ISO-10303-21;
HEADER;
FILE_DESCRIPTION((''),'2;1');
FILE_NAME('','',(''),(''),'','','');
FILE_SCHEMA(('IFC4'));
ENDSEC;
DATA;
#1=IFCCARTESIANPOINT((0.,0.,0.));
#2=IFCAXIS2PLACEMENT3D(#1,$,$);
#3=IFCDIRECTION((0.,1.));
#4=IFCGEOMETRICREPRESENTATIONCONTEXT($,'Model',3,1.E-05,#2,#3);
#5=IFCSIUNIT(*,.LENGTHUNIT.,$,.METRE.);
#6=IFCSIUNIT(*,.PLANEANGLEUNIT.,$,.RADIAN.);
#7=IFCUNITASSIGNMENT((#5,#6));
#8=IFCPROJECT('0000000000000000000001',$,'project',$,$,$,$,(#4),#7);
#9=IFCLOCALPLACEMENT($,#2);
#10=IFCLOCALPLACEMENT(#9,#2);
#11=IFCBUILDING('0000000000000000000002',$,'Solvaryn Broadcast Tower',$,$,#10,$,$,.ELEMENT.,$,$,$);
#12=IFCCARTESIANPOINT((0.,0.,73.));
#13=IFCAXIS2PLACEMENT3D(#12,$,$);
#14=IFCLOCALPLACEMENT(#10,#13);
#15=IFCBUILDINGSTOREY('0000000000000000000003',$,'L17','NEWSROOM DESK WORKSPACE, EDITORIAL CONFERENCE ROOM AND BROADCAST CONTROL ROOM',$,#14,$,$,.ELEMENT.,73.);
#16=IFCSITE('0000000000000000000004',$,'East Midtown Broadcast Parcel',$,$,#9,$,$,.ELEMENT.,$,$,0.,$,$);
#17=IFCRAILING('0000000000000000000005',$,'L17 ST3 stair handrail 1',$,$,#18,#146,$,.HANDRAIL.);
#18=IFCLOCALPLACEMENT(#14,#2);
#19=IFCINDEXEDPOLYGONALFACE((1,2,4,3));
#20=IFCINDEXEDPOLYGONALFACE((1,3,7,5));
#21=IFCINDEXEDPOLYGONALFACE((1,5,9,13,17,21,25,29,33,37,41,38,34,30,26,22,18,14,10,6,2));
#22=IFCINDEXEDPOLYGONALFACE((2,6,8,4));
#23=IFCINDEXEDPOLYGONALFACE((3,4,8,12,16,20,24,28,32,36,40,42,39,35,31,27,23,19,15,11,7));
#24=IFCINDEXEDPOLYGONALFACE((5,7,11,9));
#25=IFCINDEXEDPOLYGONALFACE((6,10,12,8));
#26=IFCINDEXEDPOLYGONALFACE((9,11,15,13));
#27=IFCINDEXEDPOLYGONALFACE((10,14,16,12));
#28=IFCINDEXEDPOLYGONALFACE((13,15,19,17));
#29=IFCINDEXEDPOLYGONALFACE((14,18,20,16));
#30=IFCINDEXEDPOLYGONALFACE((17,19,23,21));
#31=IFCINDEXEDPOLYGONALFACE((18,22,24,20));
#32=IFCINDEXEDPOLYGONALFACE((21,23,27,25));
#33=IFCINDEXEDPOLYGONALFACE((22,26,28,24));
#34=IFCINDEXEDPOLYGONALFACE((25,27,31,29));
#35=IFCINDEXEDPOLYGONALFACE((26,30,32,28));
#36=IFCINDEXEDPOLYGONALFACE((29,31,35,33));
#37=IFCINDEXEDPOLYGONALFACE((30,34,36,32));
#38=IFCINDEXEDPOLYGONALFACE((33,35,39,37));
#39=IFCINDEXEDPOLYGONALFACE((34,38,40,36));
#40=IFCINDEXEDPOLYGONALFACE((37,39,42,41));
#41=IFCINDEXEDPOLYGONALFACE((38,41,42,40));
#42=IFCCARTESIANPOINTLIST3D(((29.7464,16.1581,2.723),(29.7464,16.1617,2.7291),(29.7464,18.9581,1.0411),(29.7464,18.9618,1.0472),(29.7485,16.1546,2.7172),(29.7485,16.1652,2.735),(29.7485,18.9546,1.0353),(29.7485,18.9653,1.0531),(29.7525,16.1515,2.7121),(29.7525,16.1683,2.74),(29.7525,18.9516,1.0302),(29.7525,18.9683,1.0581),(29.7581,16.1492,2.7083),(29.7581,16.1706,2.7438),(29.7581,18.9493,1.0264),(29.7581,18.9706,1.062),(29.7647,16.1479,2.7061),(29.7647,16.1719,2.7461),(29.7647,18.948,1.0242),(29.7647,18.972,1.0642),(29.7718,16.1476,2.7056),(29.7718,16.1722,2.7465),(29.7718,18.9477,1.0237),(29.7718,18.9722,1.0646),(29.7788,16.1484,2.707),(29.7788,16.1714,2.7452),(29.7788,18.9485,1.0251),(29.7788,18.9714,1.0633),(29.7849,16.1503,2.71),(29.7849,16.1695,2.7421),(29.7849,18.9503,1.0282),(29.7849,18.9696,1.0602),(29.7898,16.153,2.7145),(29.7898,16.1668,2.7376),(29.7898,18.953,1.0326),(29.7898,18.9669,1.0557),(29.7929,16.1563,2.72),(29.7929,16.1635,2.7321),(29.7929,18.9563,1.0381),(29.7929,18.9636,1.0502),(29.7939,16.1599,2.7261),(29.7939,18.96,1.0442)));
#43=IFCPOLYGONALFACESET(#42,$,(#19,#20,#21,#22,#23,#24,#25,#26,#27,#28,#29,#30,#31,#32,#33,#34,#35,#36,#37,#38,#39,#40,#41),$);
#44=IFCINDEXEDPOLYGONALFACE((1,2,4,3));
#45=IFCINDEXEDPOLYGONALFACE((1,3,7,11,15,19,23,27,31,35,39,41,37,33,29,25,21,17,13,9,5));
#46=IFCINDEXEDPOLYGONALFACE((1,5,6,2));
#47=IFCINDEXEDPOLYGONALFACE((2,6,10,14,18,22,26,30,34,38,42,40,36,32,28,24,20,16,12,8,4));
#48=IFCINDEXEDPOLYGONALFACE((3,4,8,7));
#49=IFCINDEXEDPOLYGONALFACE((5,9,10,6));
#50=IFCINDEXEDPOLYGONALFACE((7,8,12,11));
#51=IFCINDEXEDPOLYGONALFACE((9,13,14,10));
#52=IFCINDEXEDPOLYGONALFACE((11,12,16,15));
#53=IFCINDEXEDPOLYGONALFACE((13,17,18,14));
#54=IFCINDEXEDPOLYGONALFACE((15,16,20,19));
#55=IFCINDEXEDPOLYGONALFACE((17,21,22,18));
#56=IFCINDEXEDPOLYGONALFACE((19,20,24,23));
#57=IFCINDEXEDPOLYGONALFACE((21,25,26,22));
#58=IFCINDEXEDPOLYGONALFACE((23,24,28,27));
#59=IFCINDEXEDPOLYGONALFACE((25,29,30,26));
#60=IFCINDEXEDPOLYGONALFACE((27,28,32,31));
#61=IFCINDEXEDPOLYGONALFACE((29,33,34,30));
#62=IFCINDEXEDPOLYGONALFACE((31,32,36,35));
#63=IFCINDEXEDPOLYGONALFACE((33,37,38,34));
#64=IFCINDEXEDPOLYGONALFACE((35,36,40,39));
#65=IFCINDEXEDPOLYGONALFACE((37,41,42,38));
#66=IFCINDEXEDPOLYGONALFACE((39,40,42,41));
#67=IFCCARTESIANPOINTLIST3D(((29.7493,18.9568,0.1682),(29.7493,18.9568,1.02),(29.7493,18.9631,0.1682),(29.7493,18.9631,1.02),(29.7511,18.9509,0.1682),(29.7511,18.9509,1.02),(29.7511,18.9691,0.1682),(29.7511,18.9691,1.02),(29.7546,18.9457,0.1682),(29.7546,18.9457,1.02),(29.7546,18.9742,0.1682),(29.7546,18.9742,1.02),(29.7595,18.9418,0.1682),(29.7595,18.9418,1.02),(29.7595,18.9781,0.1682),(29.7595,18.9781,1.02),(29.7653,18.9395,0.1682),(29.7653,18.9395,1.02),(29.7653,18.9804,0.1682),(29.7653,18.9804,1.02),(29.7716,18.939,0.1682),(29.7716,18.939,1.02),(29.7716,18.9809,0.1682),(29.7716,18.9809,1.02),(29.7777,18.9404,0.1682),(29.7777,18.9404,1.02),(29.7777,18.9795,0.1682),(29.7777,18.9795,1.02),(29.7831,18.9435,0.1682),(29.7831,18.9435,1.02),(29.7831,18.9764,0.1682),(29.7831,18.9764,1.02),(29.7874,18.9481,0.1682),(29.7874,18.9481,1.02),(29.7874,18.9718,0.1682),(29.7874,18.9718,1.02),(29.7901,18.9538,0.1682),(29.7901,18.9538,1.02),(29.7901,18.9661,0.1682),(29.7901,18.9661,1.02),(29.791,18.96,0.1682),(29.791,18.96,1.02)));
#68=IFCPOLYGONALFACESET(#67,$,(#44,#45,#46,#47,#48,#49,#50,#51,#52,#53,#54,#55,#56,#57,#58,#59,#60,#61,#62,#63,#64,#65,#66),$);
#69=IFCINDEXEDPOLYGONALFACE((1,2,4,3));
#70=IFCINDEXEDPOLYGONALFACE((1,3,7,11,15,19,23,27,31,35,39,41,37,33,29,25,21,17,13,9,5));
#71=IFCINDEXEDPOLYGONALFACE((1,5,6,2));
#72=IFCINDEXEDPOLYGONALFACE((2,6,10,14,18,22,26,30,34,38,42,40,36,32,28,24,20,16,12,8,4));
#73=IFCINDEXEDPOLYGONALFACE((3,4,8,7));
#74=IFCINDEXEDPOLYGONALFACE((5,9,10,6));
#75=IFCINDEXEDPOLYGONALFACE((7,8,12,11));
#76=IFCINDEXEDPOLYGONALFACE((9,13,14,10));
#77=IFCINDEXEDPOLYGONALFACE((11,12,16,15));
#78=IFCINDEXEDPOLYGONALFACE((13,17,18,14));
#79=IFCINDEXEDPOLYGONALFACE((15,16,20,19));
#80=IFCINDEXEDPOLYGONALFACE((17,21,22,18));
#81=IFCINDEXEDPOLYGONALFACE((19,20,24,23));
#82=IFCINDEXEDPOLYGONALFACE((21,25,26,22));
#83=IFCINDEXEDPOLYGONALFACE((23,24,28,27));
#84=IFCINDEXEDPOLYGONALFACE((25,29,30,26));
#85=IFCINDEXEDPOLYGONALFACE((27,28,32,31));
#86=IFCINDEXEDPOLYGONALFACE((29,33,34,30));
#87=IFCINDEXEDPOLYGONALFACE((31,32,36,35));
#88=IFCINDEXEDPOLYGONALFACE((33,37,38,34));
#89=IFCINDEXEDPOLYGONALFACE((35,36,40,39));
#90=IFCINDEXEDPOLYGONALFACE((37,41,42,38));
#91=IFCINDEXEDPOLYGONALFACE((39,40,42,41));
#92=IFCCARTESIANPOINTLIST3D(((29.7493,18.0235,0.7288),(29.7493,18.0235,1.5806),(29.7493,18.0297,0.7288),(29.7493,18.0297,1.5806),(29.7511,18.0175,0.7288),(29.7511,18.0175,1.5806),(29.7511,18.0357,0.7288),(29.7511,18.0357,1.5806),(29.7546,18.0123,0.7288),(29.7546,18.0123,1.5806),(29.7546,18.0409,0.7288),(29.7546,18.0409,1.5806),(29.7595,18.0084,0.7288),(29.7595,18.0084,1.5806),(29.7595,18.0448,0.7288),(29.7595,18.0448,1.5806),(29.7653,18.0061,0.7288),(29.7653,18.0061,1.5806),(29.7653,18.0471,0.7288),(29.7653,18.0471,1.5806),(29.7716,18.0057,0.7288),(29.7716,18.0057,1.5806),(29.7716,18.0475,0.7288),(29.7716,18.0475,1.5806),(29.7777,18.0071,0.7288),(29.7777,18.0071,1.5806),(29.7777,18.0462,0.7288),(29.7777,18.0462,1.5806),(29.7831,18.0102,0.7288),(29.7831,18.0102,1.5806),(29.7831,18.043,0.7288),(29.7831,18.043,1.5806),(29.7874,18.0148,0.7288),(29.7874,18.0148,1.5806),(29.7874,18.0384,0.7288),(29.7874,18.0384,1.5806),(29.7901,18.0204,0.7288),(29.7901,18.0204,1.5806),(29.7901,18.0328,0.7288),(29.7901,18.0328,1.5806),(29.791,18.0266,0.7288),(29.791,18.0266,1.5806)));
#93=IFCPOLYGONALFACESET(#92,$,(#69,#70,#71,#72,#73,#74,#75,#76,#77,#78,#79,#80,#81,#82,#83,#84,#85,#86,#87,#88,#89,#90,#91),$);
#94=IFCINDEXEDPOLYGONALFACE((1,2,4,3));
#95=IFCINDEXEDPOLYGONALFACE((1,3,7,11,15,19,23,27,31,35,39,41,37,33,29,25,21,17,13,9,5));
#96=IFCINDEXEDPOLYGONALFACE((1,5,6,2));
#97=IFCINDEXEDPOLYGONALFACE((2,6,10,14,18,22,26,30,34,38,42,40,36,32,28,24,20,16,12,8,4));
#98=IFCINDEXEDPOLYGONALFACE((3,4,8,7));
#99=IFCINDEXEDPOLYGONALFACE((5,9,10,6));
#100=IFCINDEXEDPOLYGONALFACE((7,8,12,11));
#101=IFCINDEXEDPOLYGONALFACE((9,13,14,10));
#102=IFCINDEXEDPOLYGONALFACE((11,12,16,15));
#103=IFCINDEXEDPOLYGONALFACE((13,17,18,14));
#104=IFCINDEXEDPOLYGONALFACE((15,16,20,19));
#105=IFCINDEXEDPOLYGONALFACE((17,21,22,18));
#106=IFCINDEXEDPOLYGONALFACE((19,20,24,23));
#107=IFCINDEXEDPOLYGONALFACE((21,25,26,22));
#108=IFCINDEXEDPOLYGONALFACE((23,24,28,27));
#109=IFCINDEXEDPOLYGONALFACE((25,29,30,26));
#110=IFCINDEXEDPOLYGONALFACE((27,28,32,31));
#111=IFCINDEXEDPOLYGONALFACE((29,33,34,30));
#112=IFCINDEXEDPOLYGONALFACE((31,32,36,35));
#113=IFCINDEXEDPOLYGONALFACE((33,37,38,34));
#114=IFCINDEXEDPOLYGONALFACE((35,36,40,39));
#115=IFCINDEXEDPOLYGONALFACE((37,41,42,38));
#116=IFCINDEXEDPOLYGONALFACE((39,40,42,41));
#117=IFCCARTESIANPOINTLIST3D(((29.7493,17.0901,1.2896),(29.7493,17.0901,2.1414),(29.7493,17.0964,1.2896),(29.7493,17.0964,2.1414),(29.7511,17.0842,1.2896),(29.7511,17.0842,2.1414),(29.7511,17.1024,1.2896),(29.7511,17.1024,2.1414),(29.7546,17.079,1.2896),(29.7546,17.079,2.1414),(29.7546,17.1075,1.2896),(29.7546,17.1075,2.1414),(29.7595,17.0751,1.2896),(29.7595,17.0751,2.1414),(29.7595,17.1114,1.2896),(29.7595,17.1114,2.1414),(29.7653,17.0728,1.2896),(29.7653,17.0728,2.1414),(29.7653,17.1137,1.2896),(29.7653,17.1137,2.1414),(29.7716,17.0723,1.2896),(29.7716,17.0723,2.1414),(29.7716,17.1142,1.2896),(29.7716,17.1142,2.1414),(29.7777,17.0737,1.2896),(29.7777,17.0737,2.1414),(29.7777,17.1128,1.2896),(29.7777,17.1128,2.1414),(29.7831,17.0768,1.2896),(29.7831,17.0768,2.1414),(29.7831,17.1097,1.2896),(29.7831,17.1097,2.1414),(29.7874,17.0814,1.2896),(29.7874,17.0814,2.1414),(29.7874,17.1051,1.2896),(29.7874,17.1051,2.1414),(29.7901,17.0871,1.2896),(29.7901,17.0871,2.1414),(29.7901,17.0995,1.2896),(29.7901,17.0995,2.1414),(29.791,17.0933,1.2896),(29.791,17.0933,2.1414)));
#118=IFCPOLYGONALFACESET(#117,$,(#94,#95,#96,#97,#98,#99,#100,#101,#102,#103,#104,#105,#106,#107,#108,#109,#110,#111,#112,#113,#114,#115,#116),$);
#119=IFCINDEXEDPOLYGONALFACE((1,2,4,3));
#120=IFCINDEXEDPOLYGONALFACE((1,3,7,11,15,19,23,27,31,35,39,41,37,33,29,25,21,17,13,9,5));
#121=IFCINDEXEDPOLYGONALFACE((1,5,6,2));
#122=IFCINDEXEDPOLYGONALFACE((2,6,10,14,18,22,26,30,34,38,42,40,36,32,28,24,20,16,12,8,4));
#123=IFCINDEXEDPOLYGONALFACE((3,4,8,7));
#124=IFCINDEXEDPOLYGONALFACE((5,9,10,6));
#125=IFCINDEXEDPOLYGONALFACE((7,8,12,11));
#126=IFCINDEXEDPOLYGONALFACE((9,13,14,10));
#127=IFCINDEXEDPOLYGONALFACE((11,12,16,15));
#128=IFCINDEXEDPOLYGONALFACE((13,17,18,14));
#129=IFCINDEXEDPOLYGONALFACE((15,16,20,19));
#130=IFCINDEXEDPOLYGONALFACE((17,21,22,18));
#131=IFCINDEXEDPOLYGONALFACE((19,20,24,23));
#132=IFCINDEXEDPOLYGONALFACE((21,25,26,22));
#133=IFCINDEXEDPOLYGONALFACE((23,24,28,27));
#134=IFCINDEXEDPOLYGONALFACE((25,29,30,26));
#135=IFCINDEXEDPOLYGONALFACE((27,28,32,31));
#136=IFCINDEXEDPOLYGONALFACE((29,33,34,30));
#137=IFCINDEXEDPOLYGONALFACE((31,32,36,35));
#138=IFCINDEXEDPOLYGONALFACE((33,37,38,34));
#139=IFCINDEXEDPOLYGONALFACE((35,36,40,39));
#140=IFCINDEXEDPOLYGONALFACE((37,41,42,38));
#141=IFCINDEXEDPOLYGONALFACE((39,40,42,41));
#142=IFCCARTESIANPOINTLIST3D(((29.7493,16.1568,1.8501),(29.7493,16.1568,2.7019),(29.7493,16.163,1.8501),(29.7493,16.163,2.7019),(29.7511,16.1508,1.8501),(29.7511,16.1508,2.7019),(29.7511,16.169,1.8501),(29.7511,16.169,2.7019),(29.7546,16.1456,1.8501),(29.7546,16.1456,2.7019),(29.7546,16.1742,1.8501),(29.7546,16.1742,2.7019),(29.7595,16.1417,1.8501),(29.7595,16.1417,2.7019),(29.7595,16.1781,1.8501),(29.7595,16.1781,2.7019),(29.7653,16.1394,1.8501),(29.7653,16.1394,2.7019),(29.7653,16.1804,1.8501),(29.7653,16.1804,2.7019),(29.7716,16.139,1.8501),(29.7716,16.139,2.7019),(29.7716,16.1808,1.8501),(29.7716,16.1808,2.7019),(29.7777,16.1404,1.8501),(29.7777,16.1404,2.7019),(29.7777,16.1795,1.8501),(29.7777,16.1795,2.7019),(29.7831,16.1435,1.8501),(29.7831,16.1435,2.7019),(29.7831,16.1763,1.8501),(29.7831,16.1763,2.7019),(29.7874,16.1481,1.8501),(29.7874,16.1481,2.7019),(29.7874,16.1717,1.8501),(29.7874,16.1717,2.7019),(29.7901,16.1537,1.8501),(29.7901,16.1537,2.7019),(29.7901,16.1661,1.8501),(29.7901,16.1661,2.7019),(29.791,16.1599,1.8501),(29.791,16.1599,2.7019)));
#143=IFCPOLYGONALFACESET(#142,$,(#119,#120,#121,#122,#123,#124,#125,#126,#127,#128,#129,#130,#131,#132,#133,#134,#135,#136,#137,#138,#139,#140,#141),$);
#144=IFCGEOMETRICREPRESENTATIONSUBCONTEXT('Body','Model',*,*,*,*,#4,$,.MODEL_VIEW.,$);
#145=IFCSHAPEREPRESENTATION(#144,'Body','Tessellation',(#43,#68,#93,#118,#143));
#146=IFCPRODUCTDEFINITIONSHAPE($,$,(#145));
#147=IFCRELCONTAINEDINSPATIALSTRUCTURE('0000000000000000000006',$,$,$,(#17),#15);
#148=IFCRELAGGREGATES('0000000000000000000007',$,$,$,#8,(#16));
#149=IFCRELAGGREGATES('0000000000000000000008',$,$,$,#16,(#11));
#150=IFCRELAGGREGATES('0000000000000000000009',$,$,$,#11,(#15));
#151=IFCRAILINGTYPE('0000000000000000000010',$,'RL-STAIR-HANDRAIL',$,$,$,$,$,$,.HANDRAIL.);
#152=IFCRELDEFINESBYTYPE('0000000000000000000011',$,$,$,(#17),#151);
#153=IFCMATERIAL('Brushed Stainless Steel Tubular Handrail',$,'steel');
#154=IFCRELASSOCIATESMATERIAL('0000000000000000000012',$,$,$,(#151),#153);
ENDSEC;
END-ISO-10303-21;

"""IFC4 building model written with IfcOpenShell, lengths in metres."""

from ifc_helpers import new_model, si_unit, direction, frame, origin, origin_2d, place, context, subcontext, project, spatial, circle, extrude, material, type_object, element, save


model = new_model("IFC4")

# Units and contexts
model_context = context("Model", 3, precision=1e-05, world=origin(), true_north=direction((0.0, 1.0)))
body_context = subcontext(model_context, "Body", "Model", "MODEL_VIEW")
ifc_project = project(units=[si_unit("LENGTHUNIT", "METRE"), si_unit("PLANEANGLEUNIT", "RADIAN")], contexts=[model_context])

# Site, building, storey
site_placement = place(None, origin())
site = spatial("IfcSite", under=ifc_project, at=site_placement, Name="East Midtown Broadcast Parcel", CompositionType="ELEMENT", RefElevation=0.0)
building_placement = place(site_placement, origin())
building = spatial("IfcBuilding", under=site, at=building_placement, Name="Solvaryn Broadcast Tower", CompositionType="ELEMENT")
storey_placement = place(building_placement, frame((0.0, 0.0, 73.0)))
storey = spatial("IfcBuildingStorey", under=building, at=storey_placement, Name="L17", Description="NEWSROOM DESK WORKSPACE, EDITORIAL CONFERENCE ROOM AND BROADCAST CONTROL ROOM", CompositionType="ELEMENT", Elevation=73.0)

# Railing
ifc_material_1 = material(Name="Brushed Stainless Steel Tubular Handrail", Category="steel")
railing_type_1 = type_object("IfcRailingType", Name="RL-STAIR-HANDRAIL", PredefinedType="HANDRAIL", material=ifc_material_1)
railing_1_placement = place(storey_placement, frame((29.77, 18.96, 0.1682)))
element("IfcRailing", 1, at=railing_1_placement, inside=storey, type_object=railing_type_1, Name="L17 ST3 stair handrail 1", PredefinedType="HANDRAIL", context=body_context, shape_type="SweptSolid", body=[
    extrude(circle(Radius=0.0239, at=origin_2d()), frame((0.0, 0.0, 0.876), z_axis=(0.0, -0.857242, 0.514913), x_axis=(1.0, 0.0, 0.0)), (0.0, 0.0, 1.0), 3.2664),
    extrude(circle(Radius=0.021, at=origin_2d()), origin(), (0.0, 0.0, 1.0), 0.8518),
    extrude(circle(Radius=0.021, at=origin_2d()), frame((0.0, -0.9333, 0.5605)), (0.0, 0.0, 1.0), 0.8518),
    extrude(circle(Radius=0.021, at=origin_2d()), frame((0.0, -1.8667, 1.1213)), (0.0, 0.0, 1.0), 0.8518),
    extrude(circle(Radius=0.021, at=origin_2d()), frame((0.0, -2.8, 1.6819)), (0.0, 0.0, 1.0), 0.8518),
])

save(model, "model.ifc")
